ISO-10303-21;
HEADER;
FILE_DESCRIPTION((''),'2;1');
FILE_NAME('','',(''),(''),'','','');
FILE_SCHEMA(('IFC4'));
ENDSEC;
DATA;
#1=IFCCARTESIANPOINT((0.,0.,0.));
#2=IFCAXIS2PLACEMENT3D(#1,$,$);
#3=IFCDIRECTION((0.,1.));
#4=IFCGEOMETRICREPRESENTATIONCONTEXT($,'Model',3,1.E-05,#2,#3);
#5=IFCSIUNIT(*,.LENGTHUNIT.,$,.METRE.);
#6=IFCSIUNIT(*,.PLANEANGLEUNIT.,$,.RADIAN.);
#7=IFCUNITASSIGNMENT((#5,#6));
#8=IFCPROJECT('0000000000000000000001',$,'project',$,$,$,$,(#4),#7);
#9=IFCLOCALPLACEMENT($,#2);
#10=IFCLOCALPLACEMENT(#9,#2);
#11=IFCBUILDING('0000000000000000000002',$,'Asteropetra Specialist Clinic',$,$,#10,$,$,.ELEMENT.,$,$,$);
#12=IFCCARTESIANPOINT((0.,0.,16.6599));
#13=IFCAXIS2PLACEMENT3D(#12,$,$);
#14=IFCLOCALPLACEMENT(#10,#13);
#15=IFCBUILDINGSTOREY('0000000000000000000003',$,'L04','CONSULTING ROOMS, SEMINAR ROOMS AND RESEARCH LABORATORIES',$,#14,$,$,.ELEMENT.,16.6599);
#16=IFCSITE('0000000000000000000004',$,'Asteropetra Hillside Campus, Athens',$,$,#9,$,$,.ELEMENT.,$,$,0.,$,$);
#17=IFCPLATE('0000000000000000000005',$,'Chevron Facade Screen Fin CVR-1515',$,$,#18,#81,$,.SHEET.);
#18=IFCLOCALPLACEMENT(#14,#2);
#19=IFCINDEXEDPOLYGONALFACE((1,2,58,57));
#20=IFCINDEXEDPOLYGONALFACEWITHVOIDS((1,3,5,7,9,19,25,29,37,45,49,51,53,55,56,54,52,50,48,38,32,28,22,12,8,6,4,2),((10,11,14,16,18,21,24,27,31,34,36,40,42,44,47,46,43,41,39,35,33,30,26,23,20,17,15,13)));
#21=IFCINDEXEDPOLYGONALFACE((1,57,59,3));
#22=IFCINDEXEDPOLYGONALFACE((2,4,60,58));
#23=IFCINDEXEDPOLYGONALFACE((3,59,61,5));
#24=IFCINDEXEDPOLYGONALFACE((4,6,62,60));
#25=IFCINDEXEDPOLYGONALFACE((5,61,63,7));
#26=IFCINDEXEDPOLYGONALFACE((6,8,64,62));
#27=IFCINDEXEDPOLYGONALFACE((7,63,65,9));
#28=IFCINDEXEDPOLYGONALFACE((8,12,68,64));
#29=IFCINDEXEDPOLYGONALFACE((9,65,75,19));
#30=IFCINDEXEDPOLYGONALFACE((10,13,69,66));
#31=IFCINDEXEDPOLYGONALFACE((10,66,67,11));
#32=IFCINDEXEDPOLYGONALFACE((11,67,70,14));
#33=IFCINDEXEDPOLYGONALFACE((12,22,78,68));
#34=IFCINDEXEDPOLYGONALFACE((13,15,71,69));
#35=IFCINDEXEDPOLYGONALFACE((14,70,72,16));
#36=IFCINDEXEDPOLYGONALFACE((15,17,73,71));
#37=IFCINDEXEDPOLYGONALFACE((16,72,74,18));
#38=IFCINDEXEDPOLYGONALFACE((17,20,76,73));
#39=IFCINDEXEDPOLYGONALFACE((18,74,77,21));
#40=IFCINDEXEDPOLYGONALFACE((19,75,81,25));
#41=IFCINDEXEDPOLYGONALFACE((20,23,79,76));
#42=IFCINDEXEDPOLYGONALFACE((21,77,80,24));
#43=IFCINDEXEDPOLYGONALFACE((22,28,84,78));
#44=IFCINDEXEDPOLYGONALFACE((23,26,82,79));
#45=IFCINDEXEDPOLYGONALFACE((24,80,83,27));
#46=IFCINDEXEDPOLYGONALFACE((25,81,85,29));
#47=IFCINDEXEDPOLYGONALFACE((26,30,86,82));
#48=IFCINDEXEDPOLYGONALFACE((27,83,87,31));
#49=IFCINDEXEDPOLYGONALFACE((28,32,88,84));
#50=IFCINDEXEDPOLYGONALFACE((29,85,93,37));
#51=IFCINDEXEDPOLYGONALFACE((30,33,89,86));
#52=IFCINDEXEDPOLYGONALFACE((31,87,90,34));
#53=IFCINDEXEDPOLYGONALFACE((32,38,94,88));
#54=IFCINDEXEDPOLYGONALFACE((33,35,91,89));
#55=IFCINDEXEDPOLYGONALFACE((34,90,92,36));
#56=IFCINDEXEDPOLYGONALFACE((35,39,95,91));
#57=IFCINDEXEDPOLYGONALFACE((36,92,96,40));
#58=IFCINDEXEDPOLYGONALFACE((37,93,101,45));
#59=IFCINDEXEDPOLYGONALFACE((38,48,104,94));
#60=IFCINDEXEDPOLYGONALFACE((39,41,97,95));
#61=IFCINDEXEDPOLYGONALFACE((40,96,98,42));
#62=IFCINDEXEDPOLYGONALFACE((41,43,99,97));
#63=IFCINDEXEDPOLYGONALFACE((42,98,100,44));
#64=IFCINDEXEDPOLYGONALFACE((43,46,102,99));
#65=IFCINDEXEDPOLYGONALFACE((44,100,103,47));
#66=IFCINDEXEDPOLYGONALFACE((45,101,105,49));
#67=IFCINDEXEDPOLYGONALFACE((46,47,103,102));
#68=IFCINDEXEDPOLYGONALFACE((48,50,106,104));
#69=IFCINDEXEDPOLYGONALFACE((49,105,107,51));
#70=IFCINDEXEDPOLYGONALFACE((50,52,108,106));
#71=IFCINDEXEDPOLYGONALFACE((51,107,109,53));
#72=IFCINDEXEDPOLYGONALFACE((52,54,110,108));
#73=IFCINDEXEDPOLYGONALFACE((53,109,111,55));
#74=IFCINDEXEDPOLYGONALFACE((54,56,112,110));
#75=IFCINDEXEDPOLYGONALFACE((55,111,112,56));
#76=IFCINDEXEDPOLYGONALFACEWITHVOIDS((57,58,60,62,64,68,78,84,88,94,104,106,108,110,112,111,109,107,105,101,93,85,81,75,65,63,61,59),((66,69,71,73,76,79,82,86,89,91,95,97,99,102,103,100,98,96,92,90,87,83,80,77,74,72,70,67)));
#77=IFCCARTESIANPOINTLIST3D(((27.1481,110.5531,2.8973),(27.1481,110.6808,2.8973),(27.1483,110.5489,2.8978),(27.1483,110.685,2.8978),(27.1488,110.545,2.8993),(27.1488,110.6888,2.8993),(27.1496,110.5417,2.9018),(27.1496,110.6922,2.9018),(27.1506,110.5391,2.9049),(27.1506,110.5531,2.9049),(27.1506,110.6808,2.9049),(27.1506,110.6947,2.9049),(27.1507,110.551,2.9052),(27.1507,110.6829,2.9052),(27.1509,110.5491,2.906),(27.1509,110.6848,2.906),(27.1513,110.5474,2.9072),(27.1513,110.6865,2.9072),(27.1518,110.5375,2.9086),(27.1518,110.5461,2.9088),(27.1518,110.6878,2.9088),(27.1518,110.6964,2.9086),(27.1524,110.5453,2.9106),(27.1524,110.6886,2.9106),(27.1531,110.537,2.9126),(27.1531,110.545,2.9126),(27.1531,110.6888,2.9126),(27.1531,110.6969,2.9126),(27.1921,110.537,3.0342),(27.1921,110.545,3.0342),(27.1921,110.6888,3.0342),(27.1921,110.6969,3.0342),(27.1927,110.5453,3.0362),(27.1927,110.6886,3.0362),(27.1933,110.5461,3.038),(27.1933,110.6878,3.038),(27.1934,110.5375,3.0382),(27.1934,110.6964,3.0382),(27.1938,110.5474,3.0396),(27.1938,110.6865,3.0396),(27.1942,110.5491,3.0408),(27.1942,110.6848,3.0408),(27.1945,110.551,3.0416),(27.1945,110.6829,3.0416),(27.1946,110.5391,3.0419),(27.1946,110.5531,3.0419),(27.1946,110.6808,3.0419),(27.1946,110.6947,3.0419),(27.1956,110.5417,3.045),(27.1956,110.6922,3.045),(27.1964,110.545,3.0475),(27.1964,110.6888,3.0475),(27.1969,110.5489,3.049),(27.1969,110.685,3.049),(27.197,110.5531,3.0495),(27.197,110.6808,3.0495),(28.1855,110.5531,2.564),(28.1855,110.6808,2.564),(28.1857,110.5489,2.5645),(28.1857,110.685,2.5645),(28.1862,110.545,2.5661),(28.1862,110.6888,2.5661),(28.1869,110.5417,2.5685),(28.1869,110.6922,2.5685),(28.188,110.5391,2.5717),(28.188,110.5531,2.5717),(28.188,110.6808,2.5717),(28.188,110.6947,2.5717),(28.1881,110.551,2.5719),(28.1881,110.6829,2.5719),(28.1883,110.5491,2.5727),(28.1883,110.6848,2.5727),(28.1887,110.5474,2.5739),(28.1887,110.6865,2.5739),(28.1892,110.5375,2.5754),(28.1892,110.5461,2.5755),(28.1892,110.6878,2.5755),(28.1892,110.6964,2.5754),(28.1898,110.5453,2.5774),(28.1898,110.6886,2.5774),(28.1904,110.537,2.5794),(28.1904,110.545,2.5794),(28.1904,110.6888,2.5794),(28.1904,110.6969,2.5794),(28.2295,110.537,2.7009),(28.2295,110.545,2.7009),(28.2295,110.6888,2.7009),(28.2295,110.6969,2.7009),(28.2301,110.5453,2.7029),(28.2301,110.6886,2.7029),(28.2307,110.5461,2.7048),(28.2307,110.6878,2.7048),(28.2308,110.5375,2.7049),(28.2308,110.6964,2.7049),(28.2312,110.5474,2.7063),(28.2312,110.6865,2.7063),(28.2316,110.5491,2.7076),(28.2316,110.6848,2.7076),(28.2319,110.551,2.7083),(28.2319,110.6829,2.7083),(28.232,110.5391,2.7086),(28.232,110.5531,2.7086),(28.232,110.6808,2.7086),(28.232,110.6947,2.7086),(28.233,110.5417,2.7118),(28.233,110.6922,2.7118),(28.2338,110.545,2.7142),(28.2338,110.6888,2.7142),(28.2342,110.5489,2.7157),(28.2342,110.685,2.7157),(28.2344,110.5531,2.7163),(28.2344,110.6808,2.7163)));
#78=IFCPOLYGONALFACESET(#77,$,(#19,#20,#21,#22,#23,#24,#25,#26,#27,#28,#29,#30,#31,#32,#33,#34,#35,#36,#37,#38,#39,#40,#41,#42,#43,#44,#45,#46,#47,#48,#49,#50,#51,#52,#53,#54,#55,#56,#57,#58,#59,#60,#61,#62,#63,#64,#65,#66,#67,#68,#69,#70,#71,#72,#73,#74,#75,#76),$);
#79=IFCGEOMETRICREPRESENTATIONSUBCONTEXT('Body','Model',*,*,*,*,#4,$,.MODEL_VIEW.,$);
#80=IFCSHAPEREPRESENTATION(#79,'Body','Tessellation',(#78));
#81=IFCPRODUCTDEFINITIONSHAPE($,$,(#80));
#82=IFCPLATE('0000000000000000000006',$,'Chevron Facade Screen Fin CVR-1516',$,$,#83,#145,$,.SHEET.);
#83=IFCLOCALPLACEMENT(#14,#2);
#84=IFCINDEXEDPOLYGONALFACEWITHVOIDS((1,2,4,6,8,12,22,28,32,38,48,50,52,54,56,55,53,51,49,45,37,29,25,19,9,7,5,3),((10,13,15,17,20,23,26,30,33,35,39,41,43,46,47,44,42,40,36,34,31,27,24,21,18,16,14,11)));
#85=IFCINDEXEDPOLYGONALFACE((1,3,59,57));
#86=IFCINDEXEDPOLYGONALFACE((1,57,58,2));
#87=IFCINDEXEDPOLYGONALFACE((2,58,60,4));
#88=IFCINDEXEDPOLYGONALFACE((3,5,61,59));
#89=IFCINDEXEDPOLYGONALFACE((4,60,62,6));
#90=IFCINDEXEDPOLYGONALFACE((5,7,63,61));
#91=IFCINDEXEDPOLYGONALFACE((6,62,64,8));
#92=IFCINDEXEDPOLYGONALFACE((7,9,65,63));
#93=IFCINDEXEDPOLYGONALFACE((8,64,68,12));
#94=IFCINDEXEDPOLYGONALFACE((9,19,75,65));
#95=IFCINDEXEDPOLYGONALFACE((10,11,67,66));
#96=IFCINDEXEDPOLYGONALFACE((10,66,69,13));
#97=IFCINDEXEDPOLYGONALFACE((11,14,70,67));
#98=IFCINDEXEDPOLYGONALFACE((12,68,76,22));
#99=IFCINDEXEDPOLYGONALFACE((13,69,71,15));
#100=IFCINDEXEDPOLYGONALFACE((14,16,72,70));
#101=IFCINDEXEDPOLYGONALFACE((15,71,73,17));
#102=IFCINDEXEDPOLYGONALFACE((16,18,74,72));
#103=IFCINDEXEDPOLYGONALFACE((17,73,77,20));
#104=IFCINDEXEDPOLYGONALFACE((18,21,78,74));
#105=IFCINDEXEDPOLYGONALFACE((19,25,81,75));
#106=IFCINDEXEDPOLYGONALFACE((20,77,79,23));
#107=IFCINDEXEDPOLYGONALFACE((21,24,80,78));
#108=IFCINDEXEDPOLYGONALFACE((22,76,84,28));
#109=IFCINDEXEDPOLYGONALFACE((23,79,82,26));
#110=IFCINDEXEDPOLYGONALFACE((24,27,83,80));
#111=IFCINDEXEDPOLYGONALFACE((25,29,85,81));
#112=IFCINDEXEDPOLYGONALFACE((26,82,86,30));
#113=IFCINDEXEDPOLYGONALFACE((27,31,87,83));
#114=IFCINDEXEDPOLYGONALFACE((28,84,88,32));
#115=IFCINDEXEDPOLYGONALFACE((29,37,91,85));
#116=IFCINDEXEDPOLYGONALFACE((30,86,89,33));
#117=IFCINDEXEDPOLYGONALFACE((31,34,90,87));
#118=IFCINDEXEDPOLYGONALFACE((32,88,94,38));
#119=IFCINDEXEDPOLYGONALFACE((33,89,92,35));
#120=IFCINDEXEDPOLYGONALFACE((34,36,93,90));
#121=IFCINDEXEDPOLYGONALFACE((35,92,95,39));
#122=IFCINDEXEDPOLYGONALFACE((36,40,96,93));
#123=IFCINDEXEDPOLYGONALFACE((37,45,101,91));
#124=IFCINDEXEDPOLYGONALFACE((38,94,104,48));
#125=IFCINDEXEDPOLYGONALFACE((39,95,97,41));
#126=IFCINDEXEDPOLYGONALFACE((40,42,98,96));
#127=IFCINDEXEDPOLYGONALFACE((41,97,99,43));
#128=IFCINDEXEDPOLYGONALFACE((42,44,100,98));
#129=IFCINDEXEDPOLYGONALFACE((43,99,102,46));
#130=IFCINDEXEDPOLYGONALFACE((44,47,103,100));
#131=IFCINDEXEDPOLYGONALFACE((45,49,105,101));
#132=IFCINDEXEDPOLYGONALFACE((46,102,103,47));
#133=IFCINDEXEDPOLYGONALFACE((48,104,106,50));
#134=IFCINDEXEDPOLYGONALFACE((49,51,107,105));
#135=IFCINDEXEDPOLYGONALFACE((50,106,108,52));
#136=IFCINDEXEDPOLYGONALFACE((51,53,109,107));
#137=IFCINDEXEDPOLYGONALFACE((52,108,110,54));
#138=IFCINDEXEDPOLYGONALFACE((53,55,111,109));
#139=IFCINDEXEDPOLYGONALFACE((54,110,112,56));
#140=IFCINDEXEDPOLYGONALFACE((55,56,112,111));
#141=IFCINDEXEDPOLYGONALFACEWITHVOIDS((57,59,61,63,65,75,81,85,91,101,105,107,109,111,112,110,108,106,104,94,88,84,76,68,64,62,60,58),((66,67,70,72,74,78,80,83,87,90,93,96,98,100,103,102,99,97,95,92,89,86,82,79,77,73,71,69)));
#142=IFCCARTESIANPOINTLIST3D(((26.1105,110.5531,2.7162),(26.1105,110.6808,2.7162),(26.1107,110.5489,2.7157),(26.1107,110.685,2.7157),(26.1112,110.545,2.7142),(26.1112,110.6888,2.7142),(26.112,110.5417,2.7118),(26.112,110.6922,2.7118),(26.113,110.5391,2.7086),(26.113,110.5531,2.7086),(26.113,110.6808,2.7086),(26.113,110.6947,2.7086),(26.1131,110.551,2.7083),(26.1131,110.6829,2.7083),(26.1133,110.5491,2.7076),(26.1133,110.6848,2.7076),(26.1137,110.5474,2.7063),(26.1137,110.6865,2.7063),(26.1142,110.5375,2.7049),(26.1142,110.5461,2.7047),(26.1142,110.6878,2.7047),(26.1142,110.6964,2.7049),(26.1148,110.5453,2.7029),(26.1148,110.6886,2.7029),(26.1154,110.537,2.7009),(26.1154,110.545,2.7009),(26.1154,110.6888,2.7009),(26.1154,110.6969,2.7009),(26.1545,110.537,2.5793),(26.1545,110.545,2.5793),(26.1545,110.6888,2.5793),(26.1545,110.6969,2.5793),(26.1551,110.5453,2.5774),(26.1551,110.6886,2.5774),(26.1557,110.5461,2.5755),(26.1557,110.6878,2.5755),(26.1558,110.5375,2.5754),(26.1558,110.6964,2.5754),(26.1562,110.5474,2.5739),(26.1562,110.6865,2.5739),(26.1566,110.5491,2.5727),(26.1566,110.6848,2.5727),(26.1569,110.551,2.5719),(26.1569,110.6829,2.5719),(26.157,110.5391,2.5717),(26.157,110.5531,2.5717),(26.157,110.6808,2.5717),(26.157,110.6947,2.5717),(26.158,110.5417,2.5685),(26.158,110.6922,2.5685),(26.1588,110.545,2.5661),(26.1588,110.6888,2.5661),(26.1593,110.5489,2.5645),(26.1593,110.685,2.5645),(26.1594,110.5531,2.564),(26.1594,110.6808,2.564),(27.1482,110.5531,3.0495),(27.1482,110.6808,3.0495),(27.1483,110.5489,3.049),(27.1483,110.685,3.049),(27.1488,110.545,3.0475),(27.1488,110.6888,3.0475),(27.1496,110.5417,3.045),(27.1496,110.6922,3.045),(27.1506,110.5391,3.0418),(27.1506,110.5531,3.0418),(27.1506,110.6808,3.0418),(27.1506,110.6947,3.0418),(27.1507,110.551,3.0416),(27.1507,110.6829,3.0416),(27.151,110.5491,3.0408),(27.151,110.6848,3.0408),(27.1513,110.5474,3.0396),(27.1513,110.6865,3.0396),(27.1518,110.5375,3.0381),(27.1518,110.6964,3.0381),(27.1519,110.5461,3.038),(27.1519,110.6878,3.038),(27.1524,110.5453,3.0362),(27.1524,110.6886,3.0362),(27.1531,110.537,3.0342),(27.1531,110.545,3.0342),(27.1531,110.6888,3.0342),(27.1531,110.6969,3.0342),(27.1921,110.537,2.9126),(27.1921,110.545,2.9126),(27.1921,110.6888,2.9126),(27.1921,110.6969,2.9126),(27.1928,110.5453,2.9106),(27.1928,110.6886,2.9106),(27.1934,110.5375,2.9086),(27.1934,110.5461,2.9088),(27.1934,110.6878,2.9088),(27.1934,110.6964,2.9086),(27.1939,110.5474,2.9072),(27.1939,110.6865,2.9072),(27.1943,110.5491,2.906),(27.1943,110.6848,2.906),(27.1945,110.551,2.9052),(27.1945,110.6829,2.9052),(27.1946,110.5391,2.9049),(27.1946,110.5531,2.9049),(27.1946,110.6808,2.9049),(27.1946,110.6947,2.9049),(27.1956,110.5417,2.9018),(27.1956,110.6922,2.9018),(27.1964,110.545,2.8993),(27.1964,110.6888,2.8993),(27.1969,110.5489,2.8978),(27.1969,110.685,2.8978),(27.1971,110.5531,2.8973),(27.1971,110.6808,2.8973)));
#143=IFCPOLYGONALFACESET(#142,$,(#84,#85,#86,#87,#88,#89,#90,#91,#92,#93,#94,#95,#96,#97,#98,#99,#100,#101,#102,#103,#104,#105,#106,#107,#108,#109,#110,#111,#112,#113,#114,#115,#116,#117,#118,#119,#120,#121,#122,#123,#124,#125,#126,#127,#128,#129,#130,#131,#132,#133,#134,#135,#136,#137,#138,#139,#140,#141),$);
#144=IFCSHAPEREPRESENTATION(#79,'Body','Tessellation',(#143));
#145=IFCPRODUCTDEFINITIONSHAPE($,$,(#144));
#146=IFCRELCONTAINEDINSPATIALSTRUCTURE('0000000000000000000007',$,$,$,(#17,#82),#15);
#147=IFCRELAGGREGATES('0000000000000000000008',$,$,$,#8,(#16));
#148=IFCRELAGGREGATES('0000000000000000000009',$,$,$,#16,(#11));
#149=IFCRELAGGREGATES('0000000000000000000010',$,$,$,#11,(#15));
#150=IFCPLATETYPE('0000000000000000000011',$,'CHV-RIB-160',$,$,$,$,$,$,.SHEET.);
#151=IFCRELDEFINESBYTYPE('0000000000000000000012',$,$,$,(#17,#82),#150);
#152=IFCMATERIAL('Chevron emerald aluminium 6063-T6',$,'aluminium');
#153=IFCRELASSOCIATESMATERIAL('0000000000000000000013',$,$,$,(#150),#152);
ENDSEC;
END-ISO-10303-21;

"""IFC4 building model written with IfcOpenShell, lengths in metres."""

from ifc_helpers import new_model, si_unit, direction, frame, origin, origin_2d, place, context, subcontext, project, spatial, hollow_rectangle, extrude, material, material_profile, profile_set, type_object, element, save


model = new_model("IFC4")

# Units and contexts
model_context = context("Model", 3, precision=1e-05, world=origin(), true_north=direction((0.0, 1.0)))
body_context = subcontext(model_context, "Body", "Model", "MODEL_VIEW")
ifc_project = project(units=[si_unit("LENGTHUNIT", "METRE"), si_unit("PLANEANGLEUNIT", "RADIAN")], contexts=[model_context])

# Site, building, storey
site_placement = place(None, origin())
site = spatial("IfcSite", under=ifc_project, at=site_placement, Name="Asteropetra Hillside Campus, Athens", CompositionType="ELEMENT", RefElevation=0.0)
building_placement = place(site_placement, origin())
building = spatial("IfcBuilding", under=site, at=building_placement, Name="Asteropetra Specialist Clinic", CompositionType="ELEMENT")
storey_placement = place(building_placement, frame((0.0, 0.0, 16.6599)))
storey = spatial("IfcBuildingStorey", under=building, at=storey_placement, Name="L04", Description="CONSULTING ROOMS, SEMINAR ROOMS AND RESEARCH LABORATORIES", CompositionType="ELEMENT", Elevation=16.6599)

# Plates
ifc_material_1 = material(Name="Chevron emerald aluminium 6063-T6", Category="aluminium")
ifc_material_profile = material_profile(ifc_material_1, hollow_rectangle(XDim=0.1599, YDim=0.1599, WallThickness=0.0081, InnerFilletRadius=0.0081, OuterFilletRadius=0.0161, at=origin_2d()), Name="SHS 160x160x8.0")
ifc_profile_set = profile_set([ifc_material_profile], Name="Chevron emerald aluminium 6063-T6")
plate_type_1 = type_object("IfcPlateType", Name="CHV-RIB-160", PredefinedType="SHEET", material=ifc_profile_set)
plate_1_placement = place(storey_placement, frame((28.21, 110.6169, 2.6401), z_axis=(-0.952078, 0.0, 0.305857), x_axis=(0.0, -1.0, 0.0)))
element("IfcPlate", 1, at=plate_1_placement, inside=storey, type_object=plate_type_1, Name="Chevron Facade Screen Fin CVR-1515", PredefinedType="SHEET", context=body_context, shape_type="SweptSolid", body=[
    extrude(hollow_rectangle(XDim=0.1599, YDim=0.1599, WallThickness=0.0081, InnerFilletRadius=0.0081, OuterFilletRadius=0.0161, at=origin_2d()), origin(), (0.0, 0.0, 1.0), 1.0896),
])
for number, where, z_axis, x_axis, name in (
    (2, (27.1726, 110.6169, 2.9734), (-0.952098, 0.0, -0.305792), (0.0, -1.0, 0.0), "Chevron Facade Screen Fin CVR-1516"),
):
    element("IfcPlate", number, at=place(storey_placement, frame(where, z_axis=z_axis, x_axis=x_axis)), inside=storey, type_object=plate_type_1, Name=name, PredefinedType="SHEET", context=body_context, shape_type="SweptSolid", body=[
        extrude(hollow_rectangle(XDim=0.1599, YDim=0.1599, WallThickness=0.0081, InnerFilletRadius=0.0081, OuterFilletRadius=0.0161, at=origin_2d()), origin(), (0.0, 0.0, 1.0), 1.0898),
    ])

save(model, "model.ifc")
